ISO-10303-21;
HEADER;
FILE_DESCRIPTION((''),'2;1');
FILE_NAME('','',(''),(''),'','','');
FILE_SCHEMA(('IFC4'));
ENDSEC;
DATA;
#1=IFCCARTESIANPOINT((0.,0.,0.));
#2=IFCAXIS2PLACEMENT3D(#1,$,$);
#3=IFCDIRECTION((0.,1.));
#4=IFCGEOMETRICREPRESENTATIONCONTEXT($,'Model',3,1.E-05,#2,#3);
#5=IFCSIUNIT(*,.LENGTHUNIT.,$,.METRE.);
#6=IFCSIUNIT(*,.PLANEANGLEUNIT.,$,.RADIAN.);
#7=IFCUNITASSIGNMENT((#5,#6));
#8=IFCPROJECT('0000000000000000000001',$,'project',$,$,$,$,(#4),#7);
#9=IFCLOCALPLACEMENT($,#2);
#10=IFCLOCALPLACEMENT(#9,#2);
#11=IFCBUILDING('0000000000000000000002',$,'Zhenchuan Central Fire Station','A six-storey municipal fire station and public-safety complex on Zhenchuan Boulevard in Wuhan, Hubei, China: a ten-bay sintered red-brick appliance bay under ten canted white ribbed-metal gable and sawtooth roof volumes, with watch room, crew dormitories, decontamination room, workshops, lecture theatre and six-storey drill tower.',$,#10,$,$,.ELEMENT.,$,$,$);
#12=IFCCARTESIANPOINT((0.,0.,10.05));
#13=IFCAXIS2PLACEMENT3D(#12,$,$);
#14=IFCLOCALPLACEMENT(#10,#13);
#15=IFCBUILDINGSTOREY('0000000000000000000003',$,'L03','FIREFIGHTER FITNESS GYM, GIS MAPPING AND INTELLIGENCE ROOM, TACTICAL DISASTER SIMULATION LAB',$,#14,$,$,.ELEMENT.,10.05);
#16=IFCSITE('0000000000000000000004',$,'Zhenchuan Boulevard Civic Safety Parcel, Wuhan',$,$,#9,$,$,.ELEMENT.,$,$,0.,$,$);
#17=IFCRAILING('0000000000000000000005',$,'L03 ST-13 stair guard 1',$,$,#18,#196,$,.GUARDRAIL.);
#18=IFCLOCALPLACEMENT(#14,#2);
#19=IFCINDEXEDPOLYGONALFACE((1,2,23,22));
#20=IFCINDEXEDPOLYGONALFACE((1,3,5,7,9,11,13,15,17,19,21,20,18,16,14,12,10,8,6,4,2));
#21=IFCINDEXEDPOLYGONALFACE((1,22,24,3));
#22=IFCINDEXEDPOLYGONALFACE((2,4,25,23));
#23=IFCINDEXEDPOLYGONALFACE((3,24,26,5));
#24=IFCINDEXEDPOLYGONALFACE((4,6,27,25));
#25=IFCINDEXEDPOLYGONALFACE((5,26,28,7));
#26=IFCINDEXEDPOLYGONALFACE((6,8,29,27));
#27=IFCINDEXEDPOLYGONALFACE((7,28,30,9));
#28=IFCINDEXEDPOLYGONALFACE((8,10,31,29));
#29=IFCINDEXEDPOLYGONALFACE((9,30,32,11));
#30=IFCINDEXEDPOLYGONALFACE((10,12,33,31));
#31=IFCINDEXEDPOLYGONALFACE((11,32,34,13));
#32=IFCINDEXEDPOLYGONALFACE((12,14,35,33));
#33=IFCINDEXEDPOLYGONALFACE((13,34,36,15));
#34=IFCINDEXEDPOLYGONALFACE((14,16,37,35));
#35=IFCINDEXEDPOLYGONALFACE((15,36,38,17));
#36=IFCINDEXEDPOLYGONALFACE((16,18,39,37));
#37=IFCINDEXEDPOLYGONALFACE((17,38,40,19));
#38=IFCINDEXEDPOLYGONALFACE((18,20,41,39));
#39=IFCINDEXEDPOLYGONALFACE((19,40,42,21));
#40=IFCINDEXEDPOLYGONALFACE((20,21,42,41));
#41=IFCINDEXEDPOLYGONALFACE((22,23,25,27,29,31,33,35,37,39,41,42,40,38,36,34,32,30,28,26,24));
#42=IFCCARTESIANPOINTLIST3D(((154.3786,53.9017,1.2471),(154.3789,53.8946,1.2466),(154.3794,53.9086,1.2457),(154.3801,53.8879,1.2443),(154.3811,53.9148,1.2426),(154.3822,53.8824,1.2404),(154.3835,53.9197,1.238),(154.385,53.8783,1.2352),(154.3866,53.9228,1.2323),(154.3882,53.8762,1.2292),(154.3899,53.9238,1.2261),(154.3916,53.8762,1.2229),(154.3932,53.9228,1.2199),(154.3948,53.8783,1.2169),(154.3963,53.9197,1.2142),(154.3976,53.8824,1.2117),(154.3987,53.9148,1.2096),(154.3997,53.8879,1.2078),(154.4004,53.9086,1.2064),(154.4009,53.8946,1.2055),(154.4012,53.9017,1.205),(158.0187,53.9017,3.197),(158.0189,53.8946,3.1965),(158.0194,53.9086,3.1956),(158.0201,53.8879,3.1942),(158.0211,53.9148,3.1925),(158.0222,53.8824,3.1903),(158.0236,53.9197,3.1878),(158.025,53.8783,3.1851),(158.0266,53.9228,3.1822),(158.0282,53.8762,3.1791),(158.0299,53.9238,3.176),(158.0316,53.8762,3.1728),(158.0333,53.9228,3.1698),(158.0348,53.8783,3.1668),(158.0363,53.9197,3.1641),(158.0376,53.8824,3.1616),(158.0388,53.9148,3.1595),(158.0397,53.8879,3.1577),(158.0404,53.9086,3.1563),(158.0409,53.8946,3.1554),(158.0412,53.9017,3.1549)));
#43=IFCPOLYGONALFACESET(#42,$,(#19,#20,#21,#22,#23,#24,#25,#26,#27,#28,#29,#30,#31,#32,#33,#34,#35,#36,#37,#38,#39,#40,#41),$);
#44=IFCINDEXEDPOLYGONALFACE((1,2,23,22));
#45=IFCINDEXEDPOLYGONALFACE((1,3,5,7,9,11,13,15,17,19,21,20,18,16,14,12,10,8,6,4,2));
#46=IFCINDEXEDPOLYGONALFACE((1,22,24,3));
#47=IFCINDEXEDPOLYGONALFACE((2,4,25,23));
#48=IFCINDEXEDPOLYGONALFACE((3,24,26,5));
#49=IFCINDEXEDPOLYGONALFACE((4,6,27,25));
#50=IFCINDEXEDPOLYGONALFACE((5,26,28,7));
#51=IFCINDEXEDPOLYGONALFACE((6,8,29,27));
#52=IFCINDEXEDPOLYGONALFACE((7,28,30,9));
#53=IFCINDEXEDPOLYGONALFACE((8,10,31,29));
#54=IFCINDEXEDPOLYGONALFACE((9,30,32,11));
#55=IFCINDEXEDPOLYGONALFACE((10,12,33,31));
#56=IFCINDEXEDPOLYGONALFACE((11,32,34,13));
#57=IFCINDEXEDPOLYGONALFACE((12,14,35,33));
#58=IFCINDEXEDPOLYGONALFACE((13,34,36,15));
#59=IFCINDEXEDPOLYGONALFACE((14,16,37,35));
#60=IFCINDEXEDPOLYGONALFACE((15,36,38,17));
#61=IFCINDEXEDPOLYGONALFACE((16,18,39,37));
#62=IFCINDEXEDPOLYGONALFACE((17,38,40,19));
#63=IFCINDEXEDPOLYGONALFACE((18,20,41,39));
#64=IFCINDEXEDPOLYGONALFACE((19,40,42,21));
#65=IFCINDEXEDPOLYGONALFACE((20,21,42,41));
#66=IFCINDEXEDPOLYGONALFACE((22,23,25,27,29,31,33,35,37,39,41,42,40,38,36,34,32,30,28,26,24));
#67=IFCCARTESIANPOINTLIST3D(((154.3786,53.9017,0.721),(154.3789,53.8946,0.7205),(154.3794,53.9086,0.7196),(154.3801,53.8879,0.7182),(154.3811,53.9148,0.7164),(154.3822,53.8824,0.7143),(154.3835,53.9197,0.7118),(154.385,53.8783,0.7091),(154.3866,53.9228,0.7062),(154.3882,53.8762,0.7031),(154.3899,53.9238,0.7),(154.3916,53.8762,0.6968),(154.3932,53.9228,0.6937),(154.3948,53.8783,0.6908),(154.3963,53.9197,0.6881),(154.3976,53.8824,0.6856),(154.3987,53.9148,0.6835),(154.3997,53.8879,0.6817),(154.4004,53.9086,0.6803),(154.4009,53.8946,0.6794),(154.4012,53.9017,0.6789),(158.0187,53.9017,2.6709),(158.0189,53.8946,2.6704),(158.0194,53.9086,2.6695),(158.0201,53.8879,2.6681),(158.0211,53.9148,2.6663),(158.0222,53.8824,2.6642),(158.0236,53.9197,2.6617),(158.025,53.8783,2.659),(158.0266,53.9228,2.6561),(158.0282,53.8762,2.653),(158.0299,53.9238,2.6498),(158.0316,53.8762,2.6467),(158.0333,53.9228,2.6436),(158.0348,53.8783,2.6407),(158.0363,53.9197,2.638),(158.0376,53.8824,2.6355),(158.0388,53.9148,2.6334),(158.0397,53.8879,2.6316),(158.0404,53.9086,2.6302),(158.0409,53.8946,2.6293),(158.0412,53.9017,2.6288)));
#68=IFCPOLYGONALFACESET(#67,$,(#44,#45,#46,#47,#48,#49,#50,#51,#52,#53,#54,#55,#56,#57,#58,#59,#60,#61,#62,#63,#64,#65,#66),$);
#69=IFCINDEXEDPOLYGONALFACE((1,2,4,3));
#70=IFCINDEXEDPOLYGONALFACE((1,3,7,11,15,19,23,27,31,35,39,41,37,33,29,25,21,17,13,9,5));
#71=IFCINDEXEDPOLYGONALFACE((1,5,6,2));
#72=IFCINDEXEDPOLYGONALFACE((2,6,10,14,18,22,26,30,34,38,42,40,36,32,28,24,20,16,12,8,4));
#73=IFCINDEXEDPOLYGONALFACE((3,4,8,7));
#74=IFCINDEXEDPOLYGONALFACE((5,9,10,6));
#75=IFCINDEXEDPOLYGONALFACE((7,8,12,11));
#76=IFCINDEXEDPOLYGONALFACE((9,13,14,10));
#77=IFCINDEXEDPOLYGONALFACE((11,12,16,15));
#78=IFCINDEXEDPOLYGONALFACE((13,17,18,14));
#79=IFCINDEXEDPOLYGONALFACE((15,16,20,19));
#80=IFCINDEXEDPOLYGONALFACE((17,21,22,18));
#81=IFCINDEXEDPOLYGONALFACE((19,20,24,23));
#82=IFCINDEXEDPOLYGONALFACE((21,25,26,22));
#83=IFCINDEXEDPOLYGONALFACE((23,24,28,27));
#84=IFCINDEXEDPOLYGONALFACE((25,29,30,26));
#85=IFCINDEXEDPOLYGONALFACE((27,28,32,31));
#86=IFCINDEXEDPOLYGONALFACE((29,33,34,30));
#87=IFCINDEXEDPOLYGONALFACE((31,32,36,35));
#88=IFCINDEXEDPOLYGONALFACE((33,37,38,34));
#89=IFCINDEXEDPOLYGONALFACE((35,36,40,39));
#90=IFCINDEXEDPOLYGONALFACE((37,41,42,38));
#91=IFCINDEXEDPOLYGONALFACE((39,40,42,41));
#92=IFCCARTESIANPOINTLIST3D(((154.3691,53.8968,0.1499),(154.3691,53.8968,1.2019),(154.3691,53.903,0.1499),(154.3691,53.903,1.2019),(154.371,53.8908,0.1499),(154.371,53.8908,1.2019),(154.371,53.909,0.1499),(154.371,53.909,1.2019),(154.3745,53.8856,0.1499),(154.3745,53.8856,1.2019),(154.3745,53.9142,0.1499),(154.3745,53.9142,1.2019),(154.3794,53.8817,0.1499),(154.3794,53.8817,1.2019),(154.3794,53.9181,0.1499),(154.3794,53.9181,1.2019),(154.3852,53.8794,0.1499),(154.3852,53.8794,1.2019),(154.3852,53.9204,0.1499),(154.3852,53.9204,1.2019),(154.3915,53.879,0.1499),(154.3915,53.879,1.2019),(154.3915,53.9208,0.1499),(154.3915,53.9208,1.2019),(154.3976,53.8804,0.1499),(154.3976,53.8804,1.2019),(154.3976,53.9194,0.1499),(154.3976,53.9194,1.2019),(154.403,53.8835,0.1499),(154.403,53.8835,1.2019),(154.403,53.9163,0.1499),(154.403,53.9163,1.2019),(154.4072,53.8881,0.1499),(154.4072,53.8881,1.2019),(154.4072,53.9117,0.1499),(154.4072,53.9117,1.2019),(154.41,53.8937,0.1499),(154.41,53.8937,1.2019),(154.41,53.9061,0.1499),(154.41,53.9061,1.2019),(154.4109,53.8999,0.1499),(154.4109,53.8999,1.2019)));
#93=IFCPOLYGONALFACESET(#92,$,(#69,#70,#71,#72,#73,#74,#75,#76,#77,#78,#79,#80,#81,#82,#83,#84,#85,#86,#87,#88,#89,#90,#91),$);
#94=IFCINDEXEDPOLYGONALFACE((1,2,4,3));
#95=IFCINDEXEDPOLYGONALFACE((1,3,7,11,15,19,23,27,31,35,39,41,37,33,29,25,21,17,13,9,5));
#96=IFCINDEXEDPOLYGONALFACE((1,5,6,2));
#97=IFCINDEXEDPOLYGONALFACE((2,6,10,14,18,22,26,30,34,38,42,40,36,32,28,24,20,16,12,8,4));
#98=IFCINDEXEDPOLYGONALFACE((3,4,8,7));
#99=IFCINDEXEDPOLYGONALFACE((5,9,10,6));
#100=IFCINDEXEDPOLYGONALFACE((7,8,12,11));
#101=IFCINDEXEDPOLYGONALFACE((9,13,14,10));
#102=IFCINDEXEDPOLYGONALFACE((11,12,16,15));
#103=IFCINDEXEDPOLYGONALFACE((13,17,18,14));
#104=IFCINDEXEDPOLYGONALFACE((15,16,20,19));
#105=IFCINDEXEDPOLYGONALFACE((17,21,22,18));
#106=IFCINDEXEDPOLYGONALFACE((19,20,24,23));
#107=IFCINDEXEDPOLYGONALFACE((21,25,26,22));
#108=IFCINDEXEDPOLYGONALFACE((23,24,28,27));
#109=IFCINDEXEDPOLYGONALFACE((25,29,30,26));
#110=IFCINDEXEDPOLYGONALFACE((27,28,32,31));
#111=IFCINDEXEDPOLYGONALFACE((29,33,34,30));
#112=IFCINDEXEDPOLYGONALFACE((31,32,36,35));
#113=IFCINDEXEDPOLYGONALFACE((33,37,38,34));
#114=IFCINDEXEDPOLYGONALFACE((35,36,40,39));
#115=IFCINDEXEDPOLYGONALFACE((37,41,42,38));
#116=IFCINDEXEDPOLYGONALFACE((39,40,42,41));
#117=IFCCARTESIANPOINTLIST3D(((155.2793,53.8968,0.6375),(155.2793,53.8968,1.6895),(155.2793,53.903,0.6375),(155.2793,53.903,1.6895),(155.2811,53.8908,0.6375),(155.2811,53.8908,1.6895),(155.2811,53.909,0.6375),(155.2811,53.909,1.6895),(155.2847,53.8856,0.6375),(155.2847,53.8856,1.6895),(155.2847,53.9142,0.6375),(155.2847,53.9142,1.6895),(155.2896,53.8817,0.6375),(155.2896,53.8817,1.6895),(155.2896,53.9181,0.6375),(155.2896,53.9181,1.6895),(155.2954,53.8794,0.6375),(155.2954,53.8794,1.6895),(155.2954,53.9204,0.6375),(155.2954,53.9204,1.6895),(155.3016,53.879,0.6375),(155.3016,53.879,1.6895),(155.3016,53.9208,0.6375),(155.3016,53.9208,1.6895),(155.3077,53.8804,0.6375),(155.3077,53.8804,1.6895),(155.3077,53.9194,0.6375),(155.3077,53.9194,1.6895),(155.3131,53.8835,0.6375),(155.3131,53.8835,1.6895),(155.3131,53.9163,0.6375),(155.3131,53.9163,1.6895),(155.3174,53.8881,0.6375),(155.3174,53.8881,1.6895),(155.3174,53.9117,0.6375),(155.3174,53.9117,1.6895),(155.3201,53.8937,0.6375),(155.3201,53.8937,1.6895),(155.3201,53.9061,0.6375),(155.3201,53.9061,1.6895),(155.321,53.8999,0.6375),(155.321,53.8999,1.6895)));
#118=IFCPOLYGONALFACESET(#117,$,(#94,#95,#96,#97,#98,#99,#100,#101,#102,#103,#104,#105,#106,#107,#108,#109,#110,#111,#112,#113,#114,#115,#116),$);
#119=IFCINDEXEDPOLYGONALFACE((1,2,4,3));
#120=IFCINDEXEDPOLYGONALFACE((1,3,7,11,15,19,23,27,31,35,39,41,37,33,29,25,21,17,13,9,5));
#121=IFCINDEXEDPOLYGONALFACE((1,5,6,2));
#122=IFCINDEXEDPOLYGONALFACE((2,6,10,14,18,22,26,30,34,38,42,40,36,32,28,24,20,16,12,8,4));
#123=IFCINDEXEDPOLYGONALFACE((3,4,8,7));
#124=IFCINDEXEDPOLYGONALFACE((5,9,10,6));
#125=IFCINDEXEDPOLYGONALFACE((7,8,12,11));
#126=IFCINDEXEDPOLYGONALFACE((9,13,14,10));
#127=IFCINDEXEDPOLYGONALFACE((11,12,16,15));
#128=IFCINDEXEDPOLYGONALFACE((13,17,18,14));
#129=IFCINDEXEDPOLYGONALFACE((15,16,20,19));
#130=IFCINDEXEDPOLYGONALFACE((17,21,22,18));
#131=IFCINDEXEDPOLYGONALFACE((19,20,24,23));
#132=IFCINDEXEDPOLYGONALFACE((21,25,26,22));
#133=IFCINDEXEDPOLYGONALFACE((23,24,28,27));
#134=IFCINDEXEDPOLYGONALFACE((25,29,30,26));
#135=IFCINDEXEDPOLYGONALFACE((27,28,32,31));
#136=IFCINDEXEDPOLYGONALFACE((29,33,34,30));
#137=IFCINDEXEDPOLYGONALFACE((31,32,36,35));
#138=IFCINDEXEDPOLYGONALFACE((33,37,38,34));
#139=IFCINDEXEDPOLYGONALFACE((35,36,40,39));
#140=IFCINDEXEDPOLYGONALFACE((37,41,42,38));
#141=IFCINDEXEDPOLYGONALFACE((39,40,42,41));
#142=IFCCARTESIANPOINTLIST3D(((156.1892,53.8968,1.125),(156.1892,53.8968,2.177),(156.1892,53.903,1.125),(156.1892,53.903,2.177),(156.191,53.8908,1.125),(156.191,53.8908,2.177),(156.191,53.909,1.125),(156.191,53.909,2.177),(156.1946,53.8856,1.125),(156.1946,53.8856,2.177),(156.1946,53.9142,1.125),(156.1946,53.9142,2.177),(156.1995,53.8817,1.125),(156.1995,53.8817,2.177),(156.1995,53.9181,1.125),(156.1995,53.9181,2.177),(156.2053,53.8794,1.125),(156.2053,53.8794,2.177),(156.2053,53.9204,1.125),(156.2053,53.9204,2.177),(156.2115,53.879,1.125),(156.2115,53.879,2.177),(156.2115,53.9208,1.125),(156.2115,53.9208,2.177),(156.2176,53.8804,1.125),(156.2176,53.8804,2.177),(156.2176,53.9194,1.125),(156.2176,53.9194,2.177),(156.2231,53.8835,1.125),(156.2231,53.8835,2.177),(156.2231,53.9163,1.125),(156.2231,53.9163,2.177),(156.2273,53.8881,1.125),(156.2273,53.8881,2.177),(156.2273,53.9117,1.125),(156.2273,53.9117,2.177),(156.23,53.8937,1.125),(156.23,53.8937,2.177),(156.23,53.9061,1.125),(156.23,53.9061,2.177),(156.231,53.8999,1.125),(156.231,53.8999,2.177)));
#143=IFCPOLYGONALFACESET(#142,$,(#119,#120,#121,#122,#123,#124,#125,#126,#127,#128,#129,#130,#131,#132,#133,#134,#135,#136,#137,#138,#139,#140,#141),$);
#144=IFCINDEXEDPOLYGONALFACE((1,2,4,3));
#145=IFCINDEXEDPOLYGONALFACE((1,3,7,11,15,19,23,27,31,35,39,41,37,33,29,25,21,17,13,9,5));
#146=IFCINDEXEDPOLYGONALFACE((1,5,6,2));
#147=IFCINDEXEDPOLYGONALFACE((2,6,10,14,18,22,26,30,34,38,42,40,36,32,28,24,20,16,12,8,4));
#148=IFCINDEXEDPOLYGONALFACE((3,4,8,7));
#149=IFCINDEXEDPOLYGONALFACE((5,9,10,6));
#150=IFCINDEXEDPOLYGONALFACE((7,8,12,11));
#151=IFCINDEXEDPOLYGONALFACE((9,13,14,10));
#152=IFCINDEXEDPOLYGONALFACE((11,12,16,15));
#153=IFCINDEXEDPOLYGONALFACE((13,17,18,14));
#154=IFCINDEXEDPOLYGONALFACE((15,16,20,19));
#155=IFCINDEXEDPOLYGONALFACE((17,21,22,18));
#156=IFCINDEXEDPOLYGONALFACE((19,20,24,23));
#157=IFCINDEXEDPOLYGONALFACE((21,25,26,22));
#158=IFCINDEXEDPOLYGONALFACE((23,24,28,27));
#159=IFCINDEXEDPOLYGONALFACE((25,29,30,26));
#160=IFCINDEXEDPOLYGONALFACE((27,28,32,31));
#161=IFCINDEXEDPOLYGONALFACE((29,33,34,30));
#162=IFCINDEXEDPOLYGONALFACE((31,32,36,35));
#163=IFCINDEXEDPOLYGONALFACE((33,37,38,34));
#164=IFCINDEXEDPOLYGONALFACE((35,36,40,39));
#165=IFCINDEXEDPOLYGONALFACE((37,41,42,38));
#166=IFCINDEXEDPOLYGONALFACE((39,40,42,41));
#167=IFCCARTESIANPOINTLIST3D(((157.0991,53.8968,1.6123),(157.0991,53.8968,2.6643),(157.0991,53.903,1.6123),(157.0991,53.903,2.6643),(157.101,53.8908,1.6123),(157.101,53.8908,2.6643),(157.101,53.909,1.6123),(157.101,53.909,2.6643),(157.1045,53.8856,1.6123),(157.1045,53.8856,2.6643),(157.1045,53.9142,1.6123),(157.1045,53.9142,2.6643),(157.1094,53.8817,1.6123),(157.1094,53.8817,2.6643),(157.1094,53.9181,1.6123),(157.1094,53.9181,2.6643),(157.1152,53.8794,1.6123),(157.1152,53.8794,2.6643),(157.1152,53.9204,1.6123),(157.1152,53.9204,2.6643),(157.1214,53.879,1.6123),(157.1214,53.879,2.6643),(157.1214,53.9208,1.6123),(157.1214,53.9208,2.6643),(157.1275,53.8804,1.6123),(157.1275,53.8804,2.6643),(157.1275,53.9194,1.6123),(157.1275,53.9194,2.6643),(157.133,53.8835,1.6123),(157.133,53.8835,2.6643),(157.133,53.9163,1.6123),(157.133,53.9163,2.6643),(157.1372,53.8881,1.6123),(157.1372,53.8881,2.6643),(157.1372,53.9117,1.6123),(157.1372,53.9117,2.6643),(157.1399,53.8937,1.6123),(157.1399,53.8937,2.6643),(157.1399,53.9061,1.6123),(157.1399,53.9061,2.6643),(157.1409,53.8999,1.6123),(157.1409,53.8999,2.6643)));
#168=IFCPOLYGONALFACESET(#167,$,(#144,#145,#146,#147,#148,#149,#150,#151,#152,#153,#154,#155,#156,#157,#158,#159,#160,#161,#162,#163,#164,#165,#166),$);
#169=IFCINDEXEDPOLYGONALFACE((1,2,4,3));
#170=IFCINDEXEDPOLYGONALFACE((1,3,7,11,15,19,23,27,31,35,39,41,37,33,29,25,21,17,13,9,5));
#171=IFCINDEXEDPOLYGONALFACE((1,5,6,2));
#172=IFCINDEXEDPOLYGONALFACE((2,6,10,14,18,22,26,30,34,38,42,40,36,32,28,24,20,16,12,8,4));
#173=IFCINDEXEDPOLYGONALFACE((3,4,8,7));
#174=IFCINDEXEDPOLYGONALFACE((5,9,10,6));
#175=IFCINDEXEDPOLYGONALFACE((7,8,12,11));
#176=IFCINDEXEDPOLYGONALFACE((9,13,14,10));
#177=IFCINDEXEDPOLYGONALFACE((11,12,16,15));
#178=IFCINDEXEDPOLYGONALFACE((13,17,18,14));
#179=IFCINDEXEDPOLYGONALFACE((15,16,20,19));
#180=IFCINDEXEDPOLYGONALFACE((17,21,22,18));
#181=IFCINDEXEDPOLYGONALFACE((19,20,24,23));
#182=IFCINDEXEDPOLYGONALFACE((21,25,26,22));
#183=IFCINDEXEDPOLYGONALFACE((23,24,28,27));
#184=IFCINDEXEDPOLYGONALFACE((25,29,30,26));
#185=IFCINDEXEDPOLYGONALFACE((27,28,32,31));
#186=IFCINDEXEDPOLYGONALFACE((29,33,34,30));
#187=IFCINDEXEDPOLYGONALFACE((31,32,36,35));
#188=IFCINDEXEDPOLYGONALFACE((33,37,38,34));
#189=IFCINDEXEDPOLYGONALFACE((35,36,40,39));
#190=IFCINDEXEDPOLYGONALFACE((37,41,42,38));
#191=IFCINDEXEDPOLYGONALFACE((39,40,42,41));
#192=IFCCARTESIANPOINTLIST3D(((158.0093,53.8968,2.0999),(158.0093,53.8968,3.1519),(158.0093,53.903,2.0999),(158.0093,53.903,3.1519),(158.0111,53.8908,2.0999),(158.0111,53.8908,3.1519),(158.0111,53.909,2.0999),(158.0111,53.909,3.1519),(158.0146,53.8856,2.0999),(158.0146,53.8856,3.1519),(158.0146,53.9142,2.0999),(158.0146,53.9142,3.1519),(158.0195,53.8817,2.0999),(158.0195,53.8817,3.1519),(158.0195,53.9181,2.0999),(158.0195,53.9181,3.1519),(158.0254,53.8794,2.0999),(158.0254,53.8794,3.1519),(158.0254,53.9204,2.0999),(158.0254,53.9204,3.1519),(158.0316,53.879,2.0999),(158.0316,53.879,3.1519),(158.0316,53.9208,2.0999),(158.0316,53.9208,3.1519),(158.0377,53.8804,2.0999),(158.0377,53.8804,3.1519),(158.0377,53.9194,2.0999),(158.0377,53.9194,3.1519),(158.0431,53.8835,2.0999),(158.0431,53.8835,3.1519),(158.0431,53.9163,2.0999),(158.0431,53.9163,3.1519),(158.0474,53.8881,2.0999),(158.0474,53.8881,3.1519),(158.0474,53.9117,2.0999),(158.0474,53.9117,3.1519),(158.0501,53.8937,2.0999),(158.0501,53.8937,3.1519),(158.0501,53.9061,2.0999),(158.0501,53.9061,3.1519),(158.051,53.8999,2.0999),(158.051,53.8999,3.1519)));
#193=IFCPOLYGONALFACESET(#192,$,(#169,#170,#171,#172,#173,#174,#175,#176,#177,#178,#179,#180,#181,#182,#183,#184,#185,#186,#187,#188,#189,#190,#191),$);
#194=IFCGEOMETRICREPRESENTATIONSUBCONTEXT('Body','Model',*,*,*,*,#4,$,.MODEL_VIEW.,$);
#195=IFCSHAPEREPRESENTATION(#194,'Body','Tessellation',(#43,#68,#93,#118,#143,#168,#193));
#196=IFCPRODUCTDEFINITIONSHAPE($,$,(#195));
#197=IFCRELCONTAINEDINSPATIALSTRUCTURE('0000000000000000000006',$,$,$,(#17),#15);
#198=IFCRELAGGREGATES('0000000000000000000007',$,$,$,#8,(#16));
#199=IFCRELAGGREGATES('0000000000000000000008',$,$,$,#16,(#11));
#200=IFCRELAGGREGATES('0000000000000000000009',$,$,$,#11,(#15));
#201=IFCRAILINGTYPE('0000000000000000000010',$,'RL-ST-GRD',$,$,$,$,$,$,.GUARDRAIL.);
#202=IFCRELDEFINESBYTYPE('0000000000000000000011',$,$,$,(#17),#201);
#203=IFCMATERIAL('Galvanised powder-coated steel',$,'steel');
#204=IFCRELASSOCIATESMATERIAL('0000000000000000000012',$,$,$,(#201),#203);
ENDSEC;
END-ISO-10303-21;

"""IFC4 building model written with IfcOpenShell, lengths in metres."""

from ifc_helpers import new_model, si_unit, direction, frame, origin, origin_2d, place, context, subcontext, project, spatial, circle, extrude, material, type_object, element, save


model = new_model("IFC4")

# Units and contexts
model_context = context("Model", 3, precision=1e-05, world=origin(), true_north=direction((0.0, 1.0)))
body_context = subcontext(model_context, "Body", "Model", "MODEL_VIEW")
ifc_project = project(units=[si_unit("LENGTHUNIT", "METRE"), si_unit("PLANEANGLEUNIT", "RADIAN")], contexts=[model_context])

# Site, building, storey
site_placement = place(None, origin())
site = spatial("IfcSite", under=ifc_project, at=site_placement, Name="Zhenchuan Boulevard Civic Safety Parcel, Wuhan", CompositionType="ELEMENT", RefElevation=0.0)
building_placement = place(site_placement, origin())
building = spatial("IfcBuilding", under=site, at=building_placement, Name="Zhenchuan Central Fire Station", Description="A six-storey municipal fire station and public-safety complex on Zhenchuan Boulevard in Wuhan, Hubei, China: a ten-bay sintered red-brick appliance bay under ten canted white ribbed-metal gable and sawtooth roof volumes, with watch room, crew dormitories, decontamination room, workshops, lecture theatre and six-storey drill tower.", CompositionType="ELEMENT")
storey_placement = place(building_placement, frame((0.0, 0.0, 10.05)))
storey = spatial("IfcBuildingStorey", under=building, at=storey_placement, Name="L03", Description="FIREFIGHTER FITNESS GYM, GIS MAPPING AND INTELLIGENCE ROOM, TACTICAL DISASTER SIMULATION LAB", CompositionType="ELEMENT", Elevation=10.05)

# Railing
ifc_material_1 = material(Name="Galvanised powder-coated steel", Category="steel")
railing_type_1 = type_object("IfcRailingType", Name="RL-ST-GRD", PredefinedType="GUARDRAIL", material=ifc_material_1)
railing_1_placement = place(storey_placement, frame((154.3899, 53.8999, 0.1499)))
element("IfcRailing", 1, at=railing_1_placement, inside=storey, type_object=railing_type_1, Name="L03 ST-13 stair guard 1", PredefinedType="GUARDRAIL", context=body_context, shape_type="SweptSolid", body=[
    extrude(circle(Radius=0.0239, at=origin_2d()), frame((0.0, 0.0, 1.0762), z_axis=(0.881492, 0.0, 0.472198), x_axis=(0.0, 1.0, 0.0)), (0.0, 0.0, 1.0), 4.1294),
    extrude(circle(Radius=0.0239, at=origin_2d()), frame((0.0, 0.0, 0.55), z_axis=(0.881492, 0.0, 0.472198), x_axis=(0.0, 1.0, 0.0)), (0.0, 0.0, 1.0), 4.1294),
    extrude(circle(Radius=0.021, at=origin_2d()), origin(), (0.0, 0.0, 1.0), 1.052),
    extrude(circle(Radius=0.021, at=origin_2d()), frame((0.9102, 0.0, 0.4875)), (0.0, 0.0, 1.0), 1.052),
    extrude(circle(Radius=0.021, at=origin_2d()), frame((1.8201, 0.0, 0.9751)), (0.0, 0.0, 1.0), 1.052),
    extrude(circle(Radius=0.021, at=origin_2d()), frame((2.73, 0.0, 1.4624)), (0.0, 0.0, 1.0), 1.052),
    extrude(circle(Radius=0.021, at=origin_2d()), frame((3.6401, 0.0, 1.95)), (0.0, 0.0, 1.0), 1.052),
])

save(model, "model.ifc")
